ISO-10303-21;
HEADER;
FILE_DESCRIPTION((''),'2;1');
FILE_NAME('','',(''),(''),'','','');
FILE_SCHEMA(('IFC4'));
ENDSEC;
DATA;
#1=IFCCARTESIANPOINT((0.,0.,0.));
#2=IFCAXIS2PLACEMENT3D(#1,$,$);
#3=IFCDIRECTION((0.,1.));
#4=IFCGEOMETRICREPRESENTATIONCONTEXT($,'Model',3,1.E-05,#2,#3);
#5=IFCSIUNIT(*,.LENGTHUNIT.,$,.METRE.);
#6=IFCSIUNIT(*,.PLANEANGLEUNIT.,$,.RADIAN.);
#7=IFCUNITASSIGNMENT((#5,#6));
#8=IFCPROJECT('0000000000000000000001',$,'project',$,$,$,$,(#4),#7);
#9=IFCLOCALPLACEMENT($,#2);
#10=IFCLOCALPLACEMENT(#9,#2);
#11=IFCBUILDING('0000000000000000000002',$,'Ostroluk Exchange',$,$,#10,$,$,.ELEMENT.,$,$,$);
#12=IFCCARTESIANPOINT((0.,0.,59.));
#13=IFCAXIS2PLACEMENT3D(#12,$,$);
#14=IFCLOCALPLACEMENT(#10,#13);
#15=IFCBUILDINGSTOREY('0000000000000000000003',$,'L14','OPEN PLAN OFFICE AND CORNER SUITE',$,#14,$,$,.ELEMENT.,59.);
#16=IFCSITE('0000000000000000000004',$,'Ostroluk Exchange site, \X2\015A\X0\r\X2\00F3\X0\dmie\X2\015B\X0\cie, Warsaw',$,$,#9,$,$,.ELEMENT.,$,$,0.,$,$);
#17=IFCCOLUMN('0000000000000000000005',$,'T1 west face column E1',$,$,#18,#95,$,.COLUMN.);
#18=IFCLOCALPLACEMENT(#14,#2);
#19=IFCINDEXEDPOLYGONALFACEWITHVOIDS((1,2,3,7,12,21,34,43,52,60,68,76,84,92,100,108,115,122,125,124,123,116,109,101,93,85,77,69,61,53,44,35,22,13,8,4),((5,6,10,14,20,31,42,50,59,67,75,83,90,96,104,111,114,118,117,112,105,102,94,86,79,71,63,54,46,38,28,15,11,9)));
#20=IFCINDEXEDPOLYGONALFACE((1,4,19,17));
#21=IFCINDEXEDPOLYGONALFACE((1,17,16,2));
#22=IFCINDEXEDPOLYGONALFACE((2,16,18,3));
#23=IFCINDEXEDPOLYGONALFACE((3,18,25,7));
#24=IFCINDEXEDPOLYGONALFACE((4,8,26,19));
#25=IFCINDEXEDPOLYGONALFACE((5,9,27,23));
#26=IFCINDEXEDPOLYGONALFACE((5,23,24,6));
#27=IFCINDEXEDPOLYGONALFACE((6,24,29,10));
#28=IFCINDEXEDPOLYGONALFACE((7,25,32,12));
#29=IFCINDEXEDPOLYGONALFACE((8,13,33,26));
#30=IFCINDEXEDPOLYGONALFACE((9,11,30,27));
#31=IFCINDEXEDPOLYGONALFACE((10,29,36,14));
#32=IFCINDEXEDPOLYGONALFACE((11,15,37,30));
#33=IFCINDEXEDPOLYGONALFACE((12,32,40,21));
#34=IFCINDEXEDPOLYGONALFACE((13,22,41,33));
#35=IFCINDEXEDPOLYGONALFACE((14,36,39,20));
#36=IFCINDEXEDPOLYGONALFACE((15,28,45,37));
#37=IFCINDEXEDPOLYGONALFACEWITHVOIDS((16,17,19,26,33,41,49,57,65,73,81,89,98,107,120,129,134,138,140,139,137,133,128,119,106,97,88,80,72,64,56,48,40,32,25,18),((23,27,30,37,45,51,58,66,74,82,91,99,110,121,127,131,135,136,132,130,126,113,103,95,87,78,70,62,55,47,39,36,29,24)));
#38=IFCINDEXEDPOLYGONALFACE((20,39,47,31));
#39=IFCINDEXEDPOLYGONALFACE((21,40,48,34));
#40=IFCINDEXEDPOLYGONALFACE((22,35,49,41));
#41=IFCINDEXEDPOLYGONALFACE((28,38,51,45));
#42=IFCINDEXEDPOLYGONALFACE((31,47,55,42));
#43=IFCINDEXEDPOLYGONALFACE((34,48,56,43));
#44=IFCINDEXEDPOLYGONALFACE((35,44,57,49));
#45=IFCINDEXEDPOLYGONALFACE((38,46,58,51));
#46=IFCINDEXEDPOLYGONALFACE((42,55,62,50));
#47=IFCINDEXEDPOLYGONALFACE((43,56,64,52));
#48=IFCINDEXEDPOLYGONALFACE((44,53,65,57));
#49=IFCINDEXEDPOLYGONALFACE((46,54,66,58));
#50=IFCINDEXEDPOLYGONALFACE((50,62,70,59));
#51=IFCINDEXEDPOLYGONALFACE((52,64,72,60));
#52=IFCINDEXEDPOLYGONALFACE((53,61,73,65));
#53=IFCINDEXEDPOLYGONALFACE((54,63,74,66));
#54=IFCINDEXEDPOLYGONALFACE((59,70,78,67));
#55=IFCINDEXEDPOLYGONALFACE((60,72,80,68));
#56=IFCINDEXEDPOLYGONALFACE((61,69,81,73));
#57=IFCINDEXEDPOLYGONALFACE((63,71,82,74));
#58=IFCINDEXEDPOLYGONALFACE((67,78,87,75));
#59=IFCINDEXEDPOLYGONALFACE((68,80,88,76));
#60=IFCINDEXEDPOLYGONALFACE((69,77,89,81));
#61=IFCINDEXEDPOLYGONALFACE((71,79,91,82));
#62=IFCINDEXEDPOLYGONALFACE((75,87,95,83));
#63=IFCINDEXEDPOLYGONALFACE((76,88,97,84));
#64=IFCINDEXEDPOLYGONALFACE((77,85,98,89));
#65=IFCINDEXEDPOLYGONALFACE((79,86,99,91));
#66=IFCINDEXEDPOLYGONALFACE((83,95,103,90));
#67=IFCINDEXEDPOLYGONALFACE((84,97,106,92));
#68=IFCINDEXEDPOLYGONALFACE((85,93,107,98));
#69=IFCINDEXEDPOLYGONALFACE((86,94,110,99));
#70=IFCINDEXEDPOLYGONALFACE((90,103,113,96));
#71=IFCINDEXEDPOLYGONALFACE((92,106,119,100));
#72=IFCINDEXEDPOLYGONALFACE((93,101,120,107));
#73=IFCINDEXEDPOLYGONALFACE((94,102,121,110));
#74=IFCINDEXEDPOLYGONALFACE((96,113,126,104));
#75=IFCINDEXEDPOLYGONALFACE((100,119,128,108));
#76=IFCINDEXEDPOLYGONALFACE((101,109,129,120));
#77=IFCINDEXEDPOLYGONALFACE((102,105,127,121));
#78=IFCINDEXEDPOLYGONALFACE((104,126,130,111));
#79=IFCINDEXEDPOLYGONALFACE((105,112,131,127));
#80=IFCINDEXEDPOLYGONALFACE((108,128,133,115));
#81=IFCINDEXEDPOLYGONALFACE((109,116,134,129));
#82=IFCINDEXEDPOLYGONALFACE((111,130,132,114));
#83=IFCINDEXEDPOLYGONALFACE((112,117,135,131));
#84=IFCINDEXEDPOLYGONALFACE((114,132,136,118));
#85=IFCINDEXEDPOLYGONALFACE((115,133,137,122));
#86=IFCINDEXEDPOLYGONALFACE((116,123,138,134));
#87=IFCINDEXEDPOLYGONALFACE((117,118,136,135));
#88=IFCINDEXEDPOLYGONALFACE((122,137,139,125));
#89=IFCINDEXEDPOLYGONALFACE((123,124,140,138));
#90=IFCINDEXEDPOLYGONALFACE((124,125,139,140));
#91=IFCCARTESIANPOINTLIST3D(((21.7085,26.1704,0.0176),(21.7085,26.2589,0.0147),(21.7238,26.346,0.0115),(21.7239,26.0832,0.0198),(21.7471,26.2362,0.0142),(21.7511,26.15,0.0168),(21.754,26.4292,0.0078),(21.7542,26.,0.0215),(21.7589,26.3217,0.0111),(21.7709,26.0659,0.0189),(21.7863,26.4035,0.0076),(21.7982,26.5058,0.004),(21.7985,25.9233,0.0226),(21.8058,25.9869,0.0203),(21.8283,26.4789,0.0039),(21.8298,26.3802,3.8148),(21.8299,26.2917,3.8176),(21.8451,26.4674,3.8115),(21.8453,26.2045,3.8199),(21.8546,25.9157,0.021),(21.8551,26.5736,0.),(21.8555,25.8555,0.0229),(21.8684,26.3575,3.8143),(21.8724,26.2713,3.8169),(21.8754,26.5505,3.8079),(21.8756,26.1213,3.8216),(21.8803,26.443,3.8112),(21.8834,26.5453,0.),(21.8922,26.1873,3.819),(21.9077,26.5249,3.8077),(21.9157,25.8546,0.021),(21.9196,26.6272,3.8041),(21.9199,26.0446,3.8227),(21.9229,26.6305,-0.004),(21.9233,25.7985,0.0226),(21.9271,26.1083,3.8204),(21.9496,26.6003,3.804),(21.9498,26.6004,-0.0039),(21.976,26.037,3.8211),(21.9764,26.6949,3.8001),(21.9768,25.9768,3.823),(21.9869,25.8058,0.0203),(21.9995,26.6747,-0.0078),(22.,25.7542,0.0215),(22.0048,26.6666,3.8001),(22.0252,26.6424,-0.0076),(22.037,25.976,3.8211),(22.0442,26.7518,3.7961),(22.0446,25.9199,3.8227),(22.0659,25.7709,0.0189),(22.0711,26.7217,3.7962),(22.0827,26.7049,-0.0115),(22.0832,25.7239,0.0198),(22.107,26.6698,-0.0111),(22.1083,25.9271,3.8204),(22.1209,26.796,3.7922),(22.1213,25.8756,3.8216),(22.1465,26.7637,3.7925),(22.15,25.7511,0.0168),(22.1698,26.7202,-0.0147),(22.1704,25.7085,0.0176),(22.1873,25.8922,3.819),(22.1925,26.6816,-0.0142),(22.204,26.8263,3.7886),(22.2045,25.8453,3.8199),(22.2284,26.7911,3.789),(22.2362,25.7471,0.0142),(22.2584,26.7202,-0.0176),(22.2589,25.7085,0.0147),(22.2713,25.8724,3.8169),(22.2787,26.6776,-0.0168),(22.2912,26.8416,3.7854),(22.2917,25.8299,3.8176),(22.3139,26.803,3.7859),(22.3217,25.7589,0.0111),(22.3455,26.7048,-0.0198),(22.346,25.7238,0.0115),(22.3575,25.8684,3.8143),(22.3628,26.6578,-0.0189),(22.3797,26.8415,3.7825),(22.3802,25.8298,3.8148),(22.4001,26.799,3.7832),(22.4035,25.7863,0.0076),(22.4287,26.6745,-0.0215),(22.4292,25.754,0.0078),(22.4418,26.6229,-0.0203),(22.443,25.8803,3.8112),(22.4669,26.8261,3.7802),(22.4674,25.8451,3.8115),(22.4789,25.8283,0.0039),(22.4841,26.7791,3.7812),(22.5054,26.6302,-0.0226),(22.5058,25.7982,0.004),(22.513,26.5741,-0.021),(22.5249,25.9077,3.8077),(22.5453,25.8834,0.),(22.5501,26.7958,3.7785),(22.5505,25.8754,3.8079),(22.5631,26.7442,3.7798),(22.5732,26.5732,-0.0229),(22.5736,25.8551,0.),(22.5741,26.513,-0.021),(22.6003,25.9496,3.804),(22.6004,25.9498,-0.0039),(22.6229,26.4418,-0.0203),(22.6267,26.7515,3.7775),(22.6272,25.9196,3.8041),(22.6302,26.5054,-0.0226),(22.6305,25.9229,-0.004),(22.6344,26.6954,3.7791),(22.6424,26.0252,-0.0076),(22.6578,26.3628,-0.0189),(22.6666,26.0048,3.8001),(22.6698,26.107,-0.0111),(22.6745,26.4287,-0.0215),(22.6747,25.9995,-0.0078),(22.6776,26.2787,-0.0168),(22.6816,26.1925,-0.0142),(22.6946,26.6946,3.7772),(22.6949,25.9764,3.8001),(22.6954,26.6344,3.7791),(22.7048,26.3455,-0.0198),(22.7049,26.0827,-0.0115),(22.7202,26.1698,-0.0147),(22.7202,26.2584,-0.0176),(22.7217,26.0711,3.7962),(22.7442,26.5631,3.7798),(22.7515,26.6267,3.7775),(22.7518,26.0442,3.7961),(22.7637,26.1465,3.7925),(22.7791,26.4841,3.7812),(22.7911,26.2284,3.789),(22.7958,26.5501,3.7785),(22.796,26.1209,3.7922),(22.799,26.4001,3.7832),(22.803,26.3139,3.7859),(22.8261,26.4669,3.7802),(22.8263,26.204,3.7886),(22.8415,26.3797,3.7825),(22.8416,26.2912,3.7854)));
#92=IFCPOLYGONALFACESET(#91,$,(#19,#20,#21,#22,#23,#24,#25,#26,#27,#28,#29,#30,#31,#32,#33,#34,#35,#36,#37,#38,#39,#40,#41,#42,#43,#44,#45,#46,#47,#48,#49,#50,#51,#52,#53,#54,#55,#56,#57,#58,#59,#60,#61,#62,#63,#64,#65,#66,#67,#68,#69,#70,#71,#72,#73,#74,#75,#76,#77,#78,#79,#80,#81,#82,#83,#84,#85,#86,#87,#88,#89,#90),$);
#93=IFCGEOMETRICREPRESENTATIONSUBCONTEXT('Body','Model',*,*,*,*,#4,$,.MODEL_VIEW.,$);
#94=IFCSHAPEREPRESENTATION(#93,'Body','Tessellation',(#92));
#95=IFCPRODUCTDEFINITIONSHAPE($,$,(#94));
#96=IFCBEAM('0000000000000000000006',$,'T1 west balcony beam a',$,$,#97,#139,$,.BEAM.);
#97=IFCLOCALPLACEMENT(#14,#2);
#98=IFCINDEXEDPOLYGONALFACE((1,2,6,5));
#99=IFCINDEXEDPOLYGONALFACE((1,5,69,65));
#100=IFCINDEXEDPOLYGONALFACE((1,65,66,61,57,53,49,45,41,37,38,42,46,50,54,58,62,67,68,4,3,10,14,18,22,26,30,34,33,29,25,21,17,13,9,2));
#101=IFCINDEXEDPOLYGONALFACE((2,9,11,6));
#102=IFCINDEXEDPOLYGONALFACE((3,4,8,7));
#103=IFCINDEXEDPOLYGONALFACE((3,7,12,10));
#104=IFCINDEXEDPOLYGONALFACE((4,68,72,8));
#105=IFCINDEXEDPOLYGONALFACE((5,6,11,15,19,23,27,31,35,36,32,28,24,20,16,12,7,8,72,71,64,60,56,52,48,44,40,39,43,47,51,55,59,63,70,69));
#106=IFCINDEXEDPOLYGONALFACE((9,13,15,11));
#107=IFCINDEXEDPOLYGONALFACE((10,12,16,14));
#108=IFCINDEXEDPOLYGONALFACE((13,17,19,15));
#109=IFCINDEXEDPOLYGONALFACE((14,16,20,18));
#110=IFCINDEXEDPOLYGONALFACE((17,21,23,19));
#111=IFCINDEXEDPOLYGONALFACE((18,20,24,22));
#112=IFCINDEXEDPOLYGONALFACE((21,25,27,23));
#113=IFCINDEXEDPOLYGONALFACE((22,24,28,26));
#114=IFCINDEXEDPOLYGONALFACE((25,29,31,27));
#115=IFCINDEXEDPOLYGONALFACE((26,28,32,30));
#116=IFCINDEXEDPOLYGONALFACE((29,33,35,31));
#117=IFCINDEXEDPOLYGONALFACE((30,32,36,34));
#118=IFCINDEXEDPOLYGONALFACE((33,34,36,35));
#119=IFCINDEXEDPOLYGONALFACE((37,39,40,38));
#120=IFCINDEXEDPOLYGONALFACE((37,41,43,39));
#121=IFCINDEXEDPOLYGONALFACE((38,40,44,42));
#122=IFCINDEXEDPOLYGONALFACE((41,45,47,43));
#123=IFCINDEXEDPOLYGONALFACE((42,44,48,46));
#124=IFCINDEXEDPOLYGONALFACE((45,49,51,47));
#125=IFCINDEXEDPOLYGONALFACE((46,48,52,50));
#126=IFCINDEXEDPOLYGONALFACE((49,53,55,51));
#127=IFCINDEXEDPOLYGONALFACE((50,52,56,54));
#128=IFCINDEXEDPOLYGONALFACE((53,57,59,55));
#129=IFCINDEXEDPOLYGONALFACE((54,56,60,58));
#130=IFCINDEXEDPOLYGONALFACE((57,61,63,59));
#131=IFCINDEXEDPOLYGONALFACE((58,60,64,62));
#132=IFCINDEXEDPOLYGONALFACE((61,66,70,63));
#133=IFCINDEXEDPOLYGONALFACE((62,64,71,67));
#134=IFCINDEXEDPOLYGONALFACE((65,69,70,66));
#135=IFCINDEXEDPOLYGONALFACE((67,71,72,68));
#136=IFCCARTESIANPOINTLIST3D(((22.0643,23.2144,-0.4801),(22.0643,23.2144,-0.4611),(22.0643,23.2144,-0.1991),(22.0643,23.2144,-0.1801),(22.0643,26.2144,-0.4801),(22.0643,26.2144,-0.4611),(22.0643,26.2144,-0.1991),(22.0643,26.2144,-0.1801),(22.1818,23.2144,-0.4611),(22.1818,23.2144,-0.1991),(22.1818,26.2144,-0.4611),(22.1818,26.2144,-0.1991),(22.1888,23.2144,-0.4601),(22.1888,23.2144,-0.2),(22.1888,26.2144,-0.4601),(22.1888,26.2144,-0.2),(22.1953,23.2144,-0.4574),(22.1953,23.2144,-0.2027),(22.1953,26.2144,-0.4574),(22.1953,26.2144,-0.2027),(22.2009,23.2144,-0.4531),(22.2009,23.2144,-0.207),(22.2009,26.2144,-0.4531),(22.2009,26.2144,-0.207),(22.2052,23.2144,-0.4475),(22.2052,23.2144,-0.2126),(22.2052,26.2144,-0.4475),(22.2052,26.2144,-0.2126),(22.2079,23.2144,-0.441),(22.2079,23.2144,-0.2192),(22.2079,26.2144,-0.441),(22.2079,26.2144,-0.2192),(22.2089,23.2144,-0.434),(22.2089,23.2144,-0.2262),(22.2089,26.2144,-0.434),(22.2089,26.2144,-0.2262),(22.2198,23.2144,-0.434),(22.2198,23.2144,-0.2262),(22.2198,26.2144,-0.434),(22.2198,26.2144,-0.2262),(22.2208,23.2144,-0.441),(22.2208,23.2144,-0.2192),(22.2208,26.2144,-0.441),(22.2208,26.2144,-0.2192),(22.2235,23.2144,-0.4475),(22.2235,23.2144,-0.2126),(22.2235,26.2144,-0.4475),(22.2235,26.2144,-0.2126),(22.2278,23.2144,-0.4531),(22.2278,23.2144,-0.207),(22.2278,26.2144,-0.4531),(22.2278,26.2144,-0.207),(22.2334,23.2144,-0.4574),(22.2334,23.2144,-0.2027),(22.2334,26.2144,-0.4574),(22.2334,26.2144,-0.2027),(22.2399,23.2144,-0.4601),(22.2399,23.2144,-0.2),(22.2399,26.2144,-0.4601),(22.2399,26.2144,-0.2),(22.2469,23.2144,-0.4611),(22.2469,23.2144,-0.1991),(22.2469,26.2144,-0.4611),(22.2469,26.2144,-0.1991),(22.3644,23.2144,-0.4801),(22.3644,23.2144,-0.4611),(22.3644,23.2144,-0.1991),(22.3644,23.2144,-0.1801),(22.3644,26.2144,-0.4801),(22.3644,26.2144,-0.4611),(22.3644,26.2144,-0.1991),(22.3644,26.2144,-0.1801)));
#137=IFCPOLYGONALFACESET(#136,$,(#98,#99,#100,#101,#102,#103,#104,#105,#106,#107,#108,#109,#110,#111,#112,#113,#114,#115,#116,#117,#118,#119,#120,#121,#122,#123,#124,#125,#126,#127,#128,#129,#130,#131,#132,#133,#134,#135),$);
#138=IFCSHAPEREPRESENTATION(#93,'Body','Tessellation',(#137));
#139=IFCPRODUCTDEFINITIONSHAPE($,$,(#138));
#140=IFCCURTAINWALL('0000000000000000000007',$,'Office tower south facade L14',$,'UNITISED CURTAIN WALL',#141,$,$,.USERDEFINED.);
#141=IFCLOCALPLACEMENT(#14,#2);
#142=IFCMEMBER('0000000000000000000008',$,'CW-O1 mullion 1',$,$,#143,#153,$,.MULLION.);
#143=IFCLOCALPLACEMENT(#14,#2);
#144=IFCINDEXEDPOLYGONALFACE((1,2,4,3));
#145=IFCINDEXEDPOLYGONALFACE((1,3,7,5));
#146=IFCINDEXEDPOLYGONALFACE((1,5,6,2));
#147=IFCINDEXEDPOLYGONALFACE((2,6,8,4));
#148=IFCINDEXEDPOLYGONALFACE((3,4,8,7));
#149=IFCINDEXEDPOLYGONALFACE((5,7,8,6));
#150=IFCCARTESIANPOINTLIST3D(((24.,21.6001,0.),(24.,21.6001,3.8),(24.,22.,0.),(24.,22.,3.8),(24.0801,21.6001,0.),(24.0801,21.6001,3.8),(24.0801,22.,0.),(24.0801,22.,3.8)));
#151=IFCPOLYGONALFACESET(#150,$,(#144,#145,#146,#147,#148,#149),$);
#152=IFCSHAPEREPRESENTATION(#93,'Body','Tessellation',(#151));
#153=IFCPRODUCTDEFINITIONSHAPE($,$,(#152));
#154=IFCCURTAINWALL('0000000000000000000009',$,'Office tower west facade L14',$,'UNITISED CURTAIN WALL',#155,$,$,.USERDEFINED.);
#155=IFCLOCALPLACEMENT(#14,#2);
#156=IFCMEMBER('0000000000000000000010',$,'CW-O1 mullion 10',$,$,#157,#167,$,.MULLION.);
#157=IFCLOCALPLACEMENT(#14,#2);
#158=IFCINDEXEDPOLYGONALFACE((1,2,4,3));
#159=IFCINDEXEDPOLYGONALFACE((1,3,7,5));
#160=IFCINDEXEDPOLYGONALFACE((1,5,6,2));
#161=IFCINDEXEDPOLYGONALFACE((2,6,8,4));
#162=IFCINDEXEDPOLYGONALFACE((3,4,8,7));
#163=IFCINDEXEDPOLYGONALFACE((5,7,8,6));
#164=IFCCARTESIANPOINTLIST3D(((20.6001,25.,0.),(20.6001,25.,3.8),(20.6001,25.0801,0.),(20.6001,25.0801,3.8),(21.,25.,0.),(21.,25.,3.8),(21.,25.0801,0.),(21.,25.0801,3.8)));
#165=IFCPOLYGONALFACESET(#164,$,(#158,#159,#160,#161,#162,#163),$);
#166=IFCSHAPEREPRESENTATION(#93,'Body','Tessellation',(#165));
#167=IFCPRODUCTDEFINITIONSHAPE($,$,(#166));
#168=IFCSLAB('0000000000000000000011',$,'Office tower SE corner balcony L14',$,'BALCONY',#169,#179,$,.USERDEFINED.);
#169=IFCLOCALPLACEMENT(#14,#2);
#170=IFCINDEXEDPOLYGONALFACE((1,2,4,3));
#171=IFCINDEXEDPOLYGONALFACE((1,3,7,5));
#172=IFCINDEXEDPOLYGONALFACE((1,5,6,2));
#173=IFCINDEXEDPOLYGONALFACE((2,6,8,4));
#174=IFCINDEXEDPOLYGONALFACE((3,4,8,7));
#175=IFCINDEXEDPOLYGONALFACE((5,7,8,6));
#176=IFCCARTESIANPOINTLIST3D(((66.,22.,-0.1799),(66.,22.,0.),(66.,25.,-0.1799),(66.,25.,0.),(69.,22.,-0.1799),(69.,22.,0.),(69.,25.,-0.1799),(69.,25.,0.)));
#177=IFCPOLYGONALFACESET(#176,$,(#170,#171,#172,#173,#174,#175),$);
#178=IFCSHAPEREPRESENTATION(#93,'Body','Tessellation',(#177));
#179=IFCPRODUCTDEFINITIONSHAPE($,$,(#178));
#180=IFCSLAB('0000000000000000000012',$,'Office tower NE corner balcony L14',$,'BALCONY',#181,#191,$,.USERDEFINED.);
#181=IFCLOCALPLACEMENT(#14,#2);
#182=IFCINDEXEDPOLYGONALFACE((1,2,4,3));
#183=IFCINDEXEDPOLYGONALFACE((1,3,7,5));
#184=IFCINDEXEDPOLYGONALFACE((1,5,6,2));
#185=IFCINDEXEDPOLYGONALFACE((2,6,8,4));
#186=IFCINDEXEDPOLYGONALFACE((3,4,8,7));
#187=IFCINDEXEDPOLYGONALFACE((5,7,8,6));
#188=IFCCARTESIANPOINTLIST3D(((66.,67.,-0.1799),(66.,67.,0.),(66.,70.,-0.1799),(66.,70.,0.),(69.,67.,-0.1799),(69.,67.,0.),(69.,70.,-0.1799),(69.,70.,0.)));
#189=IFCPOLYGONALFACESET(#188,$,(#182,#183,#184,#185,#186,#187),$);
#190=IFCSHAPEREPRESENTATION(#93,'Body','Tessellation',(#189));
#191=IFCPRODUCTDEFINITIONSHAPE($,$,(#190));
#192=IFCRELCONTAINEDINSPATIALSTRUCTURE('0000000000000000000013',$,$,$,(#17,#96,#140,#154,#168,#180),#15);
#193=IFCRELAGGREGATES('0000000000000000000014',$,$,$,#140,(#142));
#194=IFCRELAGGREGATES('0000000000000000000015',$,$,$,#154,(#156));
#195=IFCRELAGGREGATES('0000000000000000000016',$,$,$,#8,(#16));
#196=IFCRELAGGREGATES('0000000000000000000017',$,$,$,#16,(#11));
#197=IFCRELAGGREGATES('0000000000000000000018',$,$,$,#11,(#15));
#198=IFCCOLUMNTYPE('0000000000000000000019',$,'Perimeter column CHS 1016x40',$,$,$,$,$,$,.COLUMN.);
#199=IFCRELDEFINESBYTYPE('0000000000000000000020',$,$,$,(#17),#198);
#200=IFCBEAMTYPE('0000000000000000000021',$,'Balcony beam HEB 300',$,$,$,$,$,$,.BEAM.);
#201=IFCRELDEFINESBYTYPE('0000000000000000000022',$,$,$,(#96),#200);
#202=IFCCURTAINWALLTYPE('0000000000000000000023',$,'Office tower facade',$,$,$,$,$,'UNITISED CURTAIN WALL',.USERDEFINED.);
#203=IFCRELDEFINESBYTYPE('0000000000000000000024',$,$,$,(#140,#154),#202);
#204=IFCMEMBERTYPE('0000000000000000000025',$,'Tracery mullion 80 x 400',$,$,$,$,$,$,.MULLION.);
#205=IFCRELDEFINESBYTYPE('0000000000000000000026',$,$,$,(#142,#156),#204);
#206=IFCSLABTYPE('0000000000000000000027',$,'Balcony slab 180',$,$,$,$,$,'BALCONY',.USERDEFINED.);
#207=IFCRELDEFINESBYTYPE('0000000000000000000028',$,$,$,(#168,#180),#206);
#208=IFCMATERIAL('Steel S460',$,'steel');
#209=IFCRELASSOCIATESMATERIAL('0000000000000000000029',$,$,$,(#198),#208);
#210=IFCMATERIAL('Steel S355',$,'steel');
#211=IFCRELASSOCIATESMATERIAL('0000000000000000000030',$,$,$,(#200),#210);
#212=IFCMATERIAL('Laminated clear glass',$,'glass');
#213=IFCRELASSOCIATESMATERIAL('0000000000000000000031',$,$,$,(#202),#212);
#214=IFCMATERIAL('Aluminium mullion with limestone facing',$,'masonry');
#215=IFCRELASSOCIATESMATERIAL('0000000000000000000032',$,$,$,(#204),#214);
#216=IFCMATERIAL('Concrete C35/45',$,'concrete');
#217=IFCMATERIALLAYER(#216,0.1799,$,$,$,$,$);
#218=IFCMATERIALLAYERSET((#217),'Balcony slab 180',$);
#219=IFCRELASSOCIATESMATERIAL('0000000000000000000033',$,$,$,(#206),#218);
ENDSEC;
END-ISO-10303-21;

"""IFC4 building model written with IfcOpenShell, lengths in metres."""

from ifc_helpers import new_model, si_unit, direction, frame, origin, origin_2d, place, context, subcontext, project, spatial, polyline, rectangle, hollow_circle, i_section, outline, extrude, material, layer, layer_set, material_profile, profile_set, type_object, element, aggregate, save


model = new_model("IFC4")

# Units and contexts
model_context = context("Model", 3, precision=1e-05, world=origin(), true_north=direction((0.0, 1.0)))
body_context = subcontext(model_context, "Body", "Model", "MODEL_VIEW")
ifc_project = project(units=[si_unit("LENGTHUNIT", "METRE"), si_unit("PLANEANGLEUNIT", "RADIAN")], contexts=[model_context])

# Site, building, storey
site_placement = place(None, origin())
site = spatial("IfcSite", under=ifc_project, at=site_placement, Name="Ostroluk Exchange site, Śródmieście, Warsaw", CompositionType="ELEMENT", RefElevation=0.0)
building_placement = place(site_placement, origin())
building = spatial("IfcBuilding", under=site, at=building_placement, Name="Ostroluk Exchange", CompositionType="ELEMENT")
storey_placement = place(building_placement, frame((0.0, 0.0, 59.0)))
storey = spatial("IfcBuildingStorey", under=building, at=storey_placement, Name="L14", Description="OPEN PLAN OFFICE AND CORNER SUITE", CompositionType="ELEMENT", Elevation=59.0)

# Column
ifc_material_1 = material(Name="Steel S460", Category="steel")
ifc_material_profile_1 = material_profile(ifc_material_1, hollow_circle(Radius=0.5081, WallThickness=0.04, at=origin_2d()), Name="CHS 1016x40")
ifc_profile_set_1 = profile_set([ifc_material_profile_1], Name="Steel S460")
column_type = type_object("IfcColumnType", Name="Perimeter column CHS 1016x40", PredefinedType="COLUMN", material=ifc_profile_set_1)
column_placement = place(storey_placement, frame((22.2144, 26.2144, 0.0), z_axis=(0.031898, 0.031898, 0.998982), x_axis=(-0.707107, 0.707107, 0.0)))
element("IfcColumn", 1, at=column_placement, inside=storey, type_object=column_type, Name="T1 west face column E1", PredefinedType="COLUMN", context=body_context, shape_type="SweptSolid", body=[
    extrude(hollow_circle(Radius=0.5081, WallThickness=0.04, at=origin_2d()), origin(), (0.0, 0.0, 1.0), 3.804),
])

# Beam
ifc_material_2 = material(Name="Steel S355", Category="steel")
ifc_material_profile_2 = material_profile(ifc_material_2, i_section(OverallWidth=0.3, OverallDepth=0.3, WebThickness=0.011, FlangeThickness=0.019, FilletRadius=0.0271, at=origin_2d()), Name="HEB 300")
ifc_profile_set_2 = profile_set([ifc_material_profile_2], Name="Steel S355")
beam_type = type_object("IfcBeamType", Name="Balcony beam HEB 300", PredefinedType="BEAM", material=ifc_profile_set_2)
beam_placement = place(storey_placement, frame((22.2144, 26.2144, -0.3301), z_axis=(0.0, -1.0, 0.0), x_axis=(1.0, 0.0, 0.0)))
element("IfcBeam", 2, at=beam_placement, inside=storey, type_object=beam_type, Name="T1 west balcony beam a", PredefinedType="BEAM", context=body_context, shape_type="SweptSolid", body=[
    extrude(i_section(OverallWidth=0.3, OverallDepth=0.3, WebThickness=0.011, FlangeThickness=0.019, FilletRadius=0.0271, at=origin_2d()), origin(), (0.0, 0.0, 1.0), 3.0),
])

# Curtain walls, members
ifc_material_3 = material(Name="Laminated clear glass", Category="glass")
curtain_wall_type = type_object("IfcCurtainWallType", Name="Office tower facade", ElementType="UNITISED CURTAIN WALL", PredefinedType="USERDEFINED", material=ifc_material_3)
curtain_wall_1_placement = place(storey_placement, origin())
curtain_wall_1 = element("IfcCurtainWall", 3, at=curtain_wall_1_placement, inside=storey, type_object=curtain_wall_type, Name="Office tower south facade L14", ObjectType="UNITISED CURTAIN WALL", PredefinedType="USERDEFINED")
ifc_material_4 = material(Name="Aluminium mullion with limestone facing", Category="masonry")
ifc_material_profile_3 = material_profile(ifc_material_4, rectangle(XDim=0.3999, YDim=0.0801, at=origin_2d()), Name="Tracery mullion 80 x 400")
ifc_profile_set_3 = profile_set([ifc_material_profile_3], Name="Aluminium mullion with limestone facing")
member_type = type_object("IfcMemberType", Name="Tracery mullion 80 x 400", PredefinedType="MULLION", material=ifc_profile_set_3)
member_1_placement = place(storey_placement, frame((24.04, 21.8, 0.0), z_axis=(0.0, 0.0, 1.0), x_axis=(0.0, 1.0, 0.0)))
member_1 = element("IfcMember", 4, at=member_1_placement, type_object=member_type, Name="CW-O1 mullion 1", PredefinedType="MULLION", context=body_context, shape_type="SweptSolid", body=[
    extrude(rectangle(XDim=0.3999, YDim=0.0801, at=origin_2d()), origin(), (0.0, 0.0, 1.0), 3.8),
])
aggregate(curtain_wall_1, [member_1])
curtain_wall_2_placement = place(storey_placement, origin())
curtain_wall_2 = element("IfcCurtainWall", 5, at=curtain_wall_2_placement, inside=storey, type_object=curtain_wall_type, Name="Office tower west facade L14", ObjectType="UNITISED CURTAIN WALL", PredefinedType="USERDEFINED")
member_2_placement = place(storey_placement, frame((20.8, 25.04, 0.0), z_axis=(0.0, 0.0, 1.0), x_axis=(1.0, 0.0, 0.0)))
member_2 = element("IfcMember", 6, at=member_2_placement, type_object=member_type, Name="CW-O1 mullion 10", PredefinedType="MULLION", context=body_context, shape_type="SweptSolid", body=[
    extrude(rectangle(XDim=0.3999, YDim=0.0801, at=origin_2d()), origin(), (0.0, 0.0, 1.0), 3.8),
])
aggregate(curtain_wall_2, [member_2])

# Slabs
ifc_material_5 = material(Name="Concrete C35/45", Category="concrete")
ifc_layer_1 = layer(ifc_material_5, 0.1799)
ifc_layer_set_1 = layer_set([ifc_layer_1], Name="Balcony slab 180")
slab_type_1 = type_object("IfcSlabType", Name="Balcony slab 180", ElementType="BALCONY", PredefinedType="USERDEFINED", material=ifc_layer_set_1)
slab_1_placement = place(storey_placement, frame((0.0, 0.0, -0.1799)))
element("IfcSlab", 7, at=slab_1_placement, inside=storey, type_object=slab_type_1, Name="Office tower SE corner balcony L14", ObjectType="BALCONY", PredefinedType="USERDEFINED", context=body_context, shape_type="SweptSolid", body=[
    extrude(outline(polyline([(66.0, 22.0), (69.0, 22.0), (69.0, 25.0), (66.0, 25.0), (66.0, 22.0)])), origin(), (0.0, 0.0, 1.0), 0.1799),
])
slab_2_placement = place(storey_placement, frame((0.0, 0.0, -0.1799)))
element("IfcSlab", 8, at=slab_2_placement, inside=storey, type_object=slab_type_1, Name="Office tower NE corner balcony L14", ObjectType="BALCONY", PredefinedType="USERDEFINED", context=body_context, shape_type="SweptSolid", body=[
    extrude(outline(polyline([(66.0, 67.0), (69.0, 67.0), (69.0, 70.0), (66.0, 70.0), (66.0, 67.0)])), origin(), (0.0, 0.0, 1.0), 0.1799),
])

save(model, "model.ifc")
